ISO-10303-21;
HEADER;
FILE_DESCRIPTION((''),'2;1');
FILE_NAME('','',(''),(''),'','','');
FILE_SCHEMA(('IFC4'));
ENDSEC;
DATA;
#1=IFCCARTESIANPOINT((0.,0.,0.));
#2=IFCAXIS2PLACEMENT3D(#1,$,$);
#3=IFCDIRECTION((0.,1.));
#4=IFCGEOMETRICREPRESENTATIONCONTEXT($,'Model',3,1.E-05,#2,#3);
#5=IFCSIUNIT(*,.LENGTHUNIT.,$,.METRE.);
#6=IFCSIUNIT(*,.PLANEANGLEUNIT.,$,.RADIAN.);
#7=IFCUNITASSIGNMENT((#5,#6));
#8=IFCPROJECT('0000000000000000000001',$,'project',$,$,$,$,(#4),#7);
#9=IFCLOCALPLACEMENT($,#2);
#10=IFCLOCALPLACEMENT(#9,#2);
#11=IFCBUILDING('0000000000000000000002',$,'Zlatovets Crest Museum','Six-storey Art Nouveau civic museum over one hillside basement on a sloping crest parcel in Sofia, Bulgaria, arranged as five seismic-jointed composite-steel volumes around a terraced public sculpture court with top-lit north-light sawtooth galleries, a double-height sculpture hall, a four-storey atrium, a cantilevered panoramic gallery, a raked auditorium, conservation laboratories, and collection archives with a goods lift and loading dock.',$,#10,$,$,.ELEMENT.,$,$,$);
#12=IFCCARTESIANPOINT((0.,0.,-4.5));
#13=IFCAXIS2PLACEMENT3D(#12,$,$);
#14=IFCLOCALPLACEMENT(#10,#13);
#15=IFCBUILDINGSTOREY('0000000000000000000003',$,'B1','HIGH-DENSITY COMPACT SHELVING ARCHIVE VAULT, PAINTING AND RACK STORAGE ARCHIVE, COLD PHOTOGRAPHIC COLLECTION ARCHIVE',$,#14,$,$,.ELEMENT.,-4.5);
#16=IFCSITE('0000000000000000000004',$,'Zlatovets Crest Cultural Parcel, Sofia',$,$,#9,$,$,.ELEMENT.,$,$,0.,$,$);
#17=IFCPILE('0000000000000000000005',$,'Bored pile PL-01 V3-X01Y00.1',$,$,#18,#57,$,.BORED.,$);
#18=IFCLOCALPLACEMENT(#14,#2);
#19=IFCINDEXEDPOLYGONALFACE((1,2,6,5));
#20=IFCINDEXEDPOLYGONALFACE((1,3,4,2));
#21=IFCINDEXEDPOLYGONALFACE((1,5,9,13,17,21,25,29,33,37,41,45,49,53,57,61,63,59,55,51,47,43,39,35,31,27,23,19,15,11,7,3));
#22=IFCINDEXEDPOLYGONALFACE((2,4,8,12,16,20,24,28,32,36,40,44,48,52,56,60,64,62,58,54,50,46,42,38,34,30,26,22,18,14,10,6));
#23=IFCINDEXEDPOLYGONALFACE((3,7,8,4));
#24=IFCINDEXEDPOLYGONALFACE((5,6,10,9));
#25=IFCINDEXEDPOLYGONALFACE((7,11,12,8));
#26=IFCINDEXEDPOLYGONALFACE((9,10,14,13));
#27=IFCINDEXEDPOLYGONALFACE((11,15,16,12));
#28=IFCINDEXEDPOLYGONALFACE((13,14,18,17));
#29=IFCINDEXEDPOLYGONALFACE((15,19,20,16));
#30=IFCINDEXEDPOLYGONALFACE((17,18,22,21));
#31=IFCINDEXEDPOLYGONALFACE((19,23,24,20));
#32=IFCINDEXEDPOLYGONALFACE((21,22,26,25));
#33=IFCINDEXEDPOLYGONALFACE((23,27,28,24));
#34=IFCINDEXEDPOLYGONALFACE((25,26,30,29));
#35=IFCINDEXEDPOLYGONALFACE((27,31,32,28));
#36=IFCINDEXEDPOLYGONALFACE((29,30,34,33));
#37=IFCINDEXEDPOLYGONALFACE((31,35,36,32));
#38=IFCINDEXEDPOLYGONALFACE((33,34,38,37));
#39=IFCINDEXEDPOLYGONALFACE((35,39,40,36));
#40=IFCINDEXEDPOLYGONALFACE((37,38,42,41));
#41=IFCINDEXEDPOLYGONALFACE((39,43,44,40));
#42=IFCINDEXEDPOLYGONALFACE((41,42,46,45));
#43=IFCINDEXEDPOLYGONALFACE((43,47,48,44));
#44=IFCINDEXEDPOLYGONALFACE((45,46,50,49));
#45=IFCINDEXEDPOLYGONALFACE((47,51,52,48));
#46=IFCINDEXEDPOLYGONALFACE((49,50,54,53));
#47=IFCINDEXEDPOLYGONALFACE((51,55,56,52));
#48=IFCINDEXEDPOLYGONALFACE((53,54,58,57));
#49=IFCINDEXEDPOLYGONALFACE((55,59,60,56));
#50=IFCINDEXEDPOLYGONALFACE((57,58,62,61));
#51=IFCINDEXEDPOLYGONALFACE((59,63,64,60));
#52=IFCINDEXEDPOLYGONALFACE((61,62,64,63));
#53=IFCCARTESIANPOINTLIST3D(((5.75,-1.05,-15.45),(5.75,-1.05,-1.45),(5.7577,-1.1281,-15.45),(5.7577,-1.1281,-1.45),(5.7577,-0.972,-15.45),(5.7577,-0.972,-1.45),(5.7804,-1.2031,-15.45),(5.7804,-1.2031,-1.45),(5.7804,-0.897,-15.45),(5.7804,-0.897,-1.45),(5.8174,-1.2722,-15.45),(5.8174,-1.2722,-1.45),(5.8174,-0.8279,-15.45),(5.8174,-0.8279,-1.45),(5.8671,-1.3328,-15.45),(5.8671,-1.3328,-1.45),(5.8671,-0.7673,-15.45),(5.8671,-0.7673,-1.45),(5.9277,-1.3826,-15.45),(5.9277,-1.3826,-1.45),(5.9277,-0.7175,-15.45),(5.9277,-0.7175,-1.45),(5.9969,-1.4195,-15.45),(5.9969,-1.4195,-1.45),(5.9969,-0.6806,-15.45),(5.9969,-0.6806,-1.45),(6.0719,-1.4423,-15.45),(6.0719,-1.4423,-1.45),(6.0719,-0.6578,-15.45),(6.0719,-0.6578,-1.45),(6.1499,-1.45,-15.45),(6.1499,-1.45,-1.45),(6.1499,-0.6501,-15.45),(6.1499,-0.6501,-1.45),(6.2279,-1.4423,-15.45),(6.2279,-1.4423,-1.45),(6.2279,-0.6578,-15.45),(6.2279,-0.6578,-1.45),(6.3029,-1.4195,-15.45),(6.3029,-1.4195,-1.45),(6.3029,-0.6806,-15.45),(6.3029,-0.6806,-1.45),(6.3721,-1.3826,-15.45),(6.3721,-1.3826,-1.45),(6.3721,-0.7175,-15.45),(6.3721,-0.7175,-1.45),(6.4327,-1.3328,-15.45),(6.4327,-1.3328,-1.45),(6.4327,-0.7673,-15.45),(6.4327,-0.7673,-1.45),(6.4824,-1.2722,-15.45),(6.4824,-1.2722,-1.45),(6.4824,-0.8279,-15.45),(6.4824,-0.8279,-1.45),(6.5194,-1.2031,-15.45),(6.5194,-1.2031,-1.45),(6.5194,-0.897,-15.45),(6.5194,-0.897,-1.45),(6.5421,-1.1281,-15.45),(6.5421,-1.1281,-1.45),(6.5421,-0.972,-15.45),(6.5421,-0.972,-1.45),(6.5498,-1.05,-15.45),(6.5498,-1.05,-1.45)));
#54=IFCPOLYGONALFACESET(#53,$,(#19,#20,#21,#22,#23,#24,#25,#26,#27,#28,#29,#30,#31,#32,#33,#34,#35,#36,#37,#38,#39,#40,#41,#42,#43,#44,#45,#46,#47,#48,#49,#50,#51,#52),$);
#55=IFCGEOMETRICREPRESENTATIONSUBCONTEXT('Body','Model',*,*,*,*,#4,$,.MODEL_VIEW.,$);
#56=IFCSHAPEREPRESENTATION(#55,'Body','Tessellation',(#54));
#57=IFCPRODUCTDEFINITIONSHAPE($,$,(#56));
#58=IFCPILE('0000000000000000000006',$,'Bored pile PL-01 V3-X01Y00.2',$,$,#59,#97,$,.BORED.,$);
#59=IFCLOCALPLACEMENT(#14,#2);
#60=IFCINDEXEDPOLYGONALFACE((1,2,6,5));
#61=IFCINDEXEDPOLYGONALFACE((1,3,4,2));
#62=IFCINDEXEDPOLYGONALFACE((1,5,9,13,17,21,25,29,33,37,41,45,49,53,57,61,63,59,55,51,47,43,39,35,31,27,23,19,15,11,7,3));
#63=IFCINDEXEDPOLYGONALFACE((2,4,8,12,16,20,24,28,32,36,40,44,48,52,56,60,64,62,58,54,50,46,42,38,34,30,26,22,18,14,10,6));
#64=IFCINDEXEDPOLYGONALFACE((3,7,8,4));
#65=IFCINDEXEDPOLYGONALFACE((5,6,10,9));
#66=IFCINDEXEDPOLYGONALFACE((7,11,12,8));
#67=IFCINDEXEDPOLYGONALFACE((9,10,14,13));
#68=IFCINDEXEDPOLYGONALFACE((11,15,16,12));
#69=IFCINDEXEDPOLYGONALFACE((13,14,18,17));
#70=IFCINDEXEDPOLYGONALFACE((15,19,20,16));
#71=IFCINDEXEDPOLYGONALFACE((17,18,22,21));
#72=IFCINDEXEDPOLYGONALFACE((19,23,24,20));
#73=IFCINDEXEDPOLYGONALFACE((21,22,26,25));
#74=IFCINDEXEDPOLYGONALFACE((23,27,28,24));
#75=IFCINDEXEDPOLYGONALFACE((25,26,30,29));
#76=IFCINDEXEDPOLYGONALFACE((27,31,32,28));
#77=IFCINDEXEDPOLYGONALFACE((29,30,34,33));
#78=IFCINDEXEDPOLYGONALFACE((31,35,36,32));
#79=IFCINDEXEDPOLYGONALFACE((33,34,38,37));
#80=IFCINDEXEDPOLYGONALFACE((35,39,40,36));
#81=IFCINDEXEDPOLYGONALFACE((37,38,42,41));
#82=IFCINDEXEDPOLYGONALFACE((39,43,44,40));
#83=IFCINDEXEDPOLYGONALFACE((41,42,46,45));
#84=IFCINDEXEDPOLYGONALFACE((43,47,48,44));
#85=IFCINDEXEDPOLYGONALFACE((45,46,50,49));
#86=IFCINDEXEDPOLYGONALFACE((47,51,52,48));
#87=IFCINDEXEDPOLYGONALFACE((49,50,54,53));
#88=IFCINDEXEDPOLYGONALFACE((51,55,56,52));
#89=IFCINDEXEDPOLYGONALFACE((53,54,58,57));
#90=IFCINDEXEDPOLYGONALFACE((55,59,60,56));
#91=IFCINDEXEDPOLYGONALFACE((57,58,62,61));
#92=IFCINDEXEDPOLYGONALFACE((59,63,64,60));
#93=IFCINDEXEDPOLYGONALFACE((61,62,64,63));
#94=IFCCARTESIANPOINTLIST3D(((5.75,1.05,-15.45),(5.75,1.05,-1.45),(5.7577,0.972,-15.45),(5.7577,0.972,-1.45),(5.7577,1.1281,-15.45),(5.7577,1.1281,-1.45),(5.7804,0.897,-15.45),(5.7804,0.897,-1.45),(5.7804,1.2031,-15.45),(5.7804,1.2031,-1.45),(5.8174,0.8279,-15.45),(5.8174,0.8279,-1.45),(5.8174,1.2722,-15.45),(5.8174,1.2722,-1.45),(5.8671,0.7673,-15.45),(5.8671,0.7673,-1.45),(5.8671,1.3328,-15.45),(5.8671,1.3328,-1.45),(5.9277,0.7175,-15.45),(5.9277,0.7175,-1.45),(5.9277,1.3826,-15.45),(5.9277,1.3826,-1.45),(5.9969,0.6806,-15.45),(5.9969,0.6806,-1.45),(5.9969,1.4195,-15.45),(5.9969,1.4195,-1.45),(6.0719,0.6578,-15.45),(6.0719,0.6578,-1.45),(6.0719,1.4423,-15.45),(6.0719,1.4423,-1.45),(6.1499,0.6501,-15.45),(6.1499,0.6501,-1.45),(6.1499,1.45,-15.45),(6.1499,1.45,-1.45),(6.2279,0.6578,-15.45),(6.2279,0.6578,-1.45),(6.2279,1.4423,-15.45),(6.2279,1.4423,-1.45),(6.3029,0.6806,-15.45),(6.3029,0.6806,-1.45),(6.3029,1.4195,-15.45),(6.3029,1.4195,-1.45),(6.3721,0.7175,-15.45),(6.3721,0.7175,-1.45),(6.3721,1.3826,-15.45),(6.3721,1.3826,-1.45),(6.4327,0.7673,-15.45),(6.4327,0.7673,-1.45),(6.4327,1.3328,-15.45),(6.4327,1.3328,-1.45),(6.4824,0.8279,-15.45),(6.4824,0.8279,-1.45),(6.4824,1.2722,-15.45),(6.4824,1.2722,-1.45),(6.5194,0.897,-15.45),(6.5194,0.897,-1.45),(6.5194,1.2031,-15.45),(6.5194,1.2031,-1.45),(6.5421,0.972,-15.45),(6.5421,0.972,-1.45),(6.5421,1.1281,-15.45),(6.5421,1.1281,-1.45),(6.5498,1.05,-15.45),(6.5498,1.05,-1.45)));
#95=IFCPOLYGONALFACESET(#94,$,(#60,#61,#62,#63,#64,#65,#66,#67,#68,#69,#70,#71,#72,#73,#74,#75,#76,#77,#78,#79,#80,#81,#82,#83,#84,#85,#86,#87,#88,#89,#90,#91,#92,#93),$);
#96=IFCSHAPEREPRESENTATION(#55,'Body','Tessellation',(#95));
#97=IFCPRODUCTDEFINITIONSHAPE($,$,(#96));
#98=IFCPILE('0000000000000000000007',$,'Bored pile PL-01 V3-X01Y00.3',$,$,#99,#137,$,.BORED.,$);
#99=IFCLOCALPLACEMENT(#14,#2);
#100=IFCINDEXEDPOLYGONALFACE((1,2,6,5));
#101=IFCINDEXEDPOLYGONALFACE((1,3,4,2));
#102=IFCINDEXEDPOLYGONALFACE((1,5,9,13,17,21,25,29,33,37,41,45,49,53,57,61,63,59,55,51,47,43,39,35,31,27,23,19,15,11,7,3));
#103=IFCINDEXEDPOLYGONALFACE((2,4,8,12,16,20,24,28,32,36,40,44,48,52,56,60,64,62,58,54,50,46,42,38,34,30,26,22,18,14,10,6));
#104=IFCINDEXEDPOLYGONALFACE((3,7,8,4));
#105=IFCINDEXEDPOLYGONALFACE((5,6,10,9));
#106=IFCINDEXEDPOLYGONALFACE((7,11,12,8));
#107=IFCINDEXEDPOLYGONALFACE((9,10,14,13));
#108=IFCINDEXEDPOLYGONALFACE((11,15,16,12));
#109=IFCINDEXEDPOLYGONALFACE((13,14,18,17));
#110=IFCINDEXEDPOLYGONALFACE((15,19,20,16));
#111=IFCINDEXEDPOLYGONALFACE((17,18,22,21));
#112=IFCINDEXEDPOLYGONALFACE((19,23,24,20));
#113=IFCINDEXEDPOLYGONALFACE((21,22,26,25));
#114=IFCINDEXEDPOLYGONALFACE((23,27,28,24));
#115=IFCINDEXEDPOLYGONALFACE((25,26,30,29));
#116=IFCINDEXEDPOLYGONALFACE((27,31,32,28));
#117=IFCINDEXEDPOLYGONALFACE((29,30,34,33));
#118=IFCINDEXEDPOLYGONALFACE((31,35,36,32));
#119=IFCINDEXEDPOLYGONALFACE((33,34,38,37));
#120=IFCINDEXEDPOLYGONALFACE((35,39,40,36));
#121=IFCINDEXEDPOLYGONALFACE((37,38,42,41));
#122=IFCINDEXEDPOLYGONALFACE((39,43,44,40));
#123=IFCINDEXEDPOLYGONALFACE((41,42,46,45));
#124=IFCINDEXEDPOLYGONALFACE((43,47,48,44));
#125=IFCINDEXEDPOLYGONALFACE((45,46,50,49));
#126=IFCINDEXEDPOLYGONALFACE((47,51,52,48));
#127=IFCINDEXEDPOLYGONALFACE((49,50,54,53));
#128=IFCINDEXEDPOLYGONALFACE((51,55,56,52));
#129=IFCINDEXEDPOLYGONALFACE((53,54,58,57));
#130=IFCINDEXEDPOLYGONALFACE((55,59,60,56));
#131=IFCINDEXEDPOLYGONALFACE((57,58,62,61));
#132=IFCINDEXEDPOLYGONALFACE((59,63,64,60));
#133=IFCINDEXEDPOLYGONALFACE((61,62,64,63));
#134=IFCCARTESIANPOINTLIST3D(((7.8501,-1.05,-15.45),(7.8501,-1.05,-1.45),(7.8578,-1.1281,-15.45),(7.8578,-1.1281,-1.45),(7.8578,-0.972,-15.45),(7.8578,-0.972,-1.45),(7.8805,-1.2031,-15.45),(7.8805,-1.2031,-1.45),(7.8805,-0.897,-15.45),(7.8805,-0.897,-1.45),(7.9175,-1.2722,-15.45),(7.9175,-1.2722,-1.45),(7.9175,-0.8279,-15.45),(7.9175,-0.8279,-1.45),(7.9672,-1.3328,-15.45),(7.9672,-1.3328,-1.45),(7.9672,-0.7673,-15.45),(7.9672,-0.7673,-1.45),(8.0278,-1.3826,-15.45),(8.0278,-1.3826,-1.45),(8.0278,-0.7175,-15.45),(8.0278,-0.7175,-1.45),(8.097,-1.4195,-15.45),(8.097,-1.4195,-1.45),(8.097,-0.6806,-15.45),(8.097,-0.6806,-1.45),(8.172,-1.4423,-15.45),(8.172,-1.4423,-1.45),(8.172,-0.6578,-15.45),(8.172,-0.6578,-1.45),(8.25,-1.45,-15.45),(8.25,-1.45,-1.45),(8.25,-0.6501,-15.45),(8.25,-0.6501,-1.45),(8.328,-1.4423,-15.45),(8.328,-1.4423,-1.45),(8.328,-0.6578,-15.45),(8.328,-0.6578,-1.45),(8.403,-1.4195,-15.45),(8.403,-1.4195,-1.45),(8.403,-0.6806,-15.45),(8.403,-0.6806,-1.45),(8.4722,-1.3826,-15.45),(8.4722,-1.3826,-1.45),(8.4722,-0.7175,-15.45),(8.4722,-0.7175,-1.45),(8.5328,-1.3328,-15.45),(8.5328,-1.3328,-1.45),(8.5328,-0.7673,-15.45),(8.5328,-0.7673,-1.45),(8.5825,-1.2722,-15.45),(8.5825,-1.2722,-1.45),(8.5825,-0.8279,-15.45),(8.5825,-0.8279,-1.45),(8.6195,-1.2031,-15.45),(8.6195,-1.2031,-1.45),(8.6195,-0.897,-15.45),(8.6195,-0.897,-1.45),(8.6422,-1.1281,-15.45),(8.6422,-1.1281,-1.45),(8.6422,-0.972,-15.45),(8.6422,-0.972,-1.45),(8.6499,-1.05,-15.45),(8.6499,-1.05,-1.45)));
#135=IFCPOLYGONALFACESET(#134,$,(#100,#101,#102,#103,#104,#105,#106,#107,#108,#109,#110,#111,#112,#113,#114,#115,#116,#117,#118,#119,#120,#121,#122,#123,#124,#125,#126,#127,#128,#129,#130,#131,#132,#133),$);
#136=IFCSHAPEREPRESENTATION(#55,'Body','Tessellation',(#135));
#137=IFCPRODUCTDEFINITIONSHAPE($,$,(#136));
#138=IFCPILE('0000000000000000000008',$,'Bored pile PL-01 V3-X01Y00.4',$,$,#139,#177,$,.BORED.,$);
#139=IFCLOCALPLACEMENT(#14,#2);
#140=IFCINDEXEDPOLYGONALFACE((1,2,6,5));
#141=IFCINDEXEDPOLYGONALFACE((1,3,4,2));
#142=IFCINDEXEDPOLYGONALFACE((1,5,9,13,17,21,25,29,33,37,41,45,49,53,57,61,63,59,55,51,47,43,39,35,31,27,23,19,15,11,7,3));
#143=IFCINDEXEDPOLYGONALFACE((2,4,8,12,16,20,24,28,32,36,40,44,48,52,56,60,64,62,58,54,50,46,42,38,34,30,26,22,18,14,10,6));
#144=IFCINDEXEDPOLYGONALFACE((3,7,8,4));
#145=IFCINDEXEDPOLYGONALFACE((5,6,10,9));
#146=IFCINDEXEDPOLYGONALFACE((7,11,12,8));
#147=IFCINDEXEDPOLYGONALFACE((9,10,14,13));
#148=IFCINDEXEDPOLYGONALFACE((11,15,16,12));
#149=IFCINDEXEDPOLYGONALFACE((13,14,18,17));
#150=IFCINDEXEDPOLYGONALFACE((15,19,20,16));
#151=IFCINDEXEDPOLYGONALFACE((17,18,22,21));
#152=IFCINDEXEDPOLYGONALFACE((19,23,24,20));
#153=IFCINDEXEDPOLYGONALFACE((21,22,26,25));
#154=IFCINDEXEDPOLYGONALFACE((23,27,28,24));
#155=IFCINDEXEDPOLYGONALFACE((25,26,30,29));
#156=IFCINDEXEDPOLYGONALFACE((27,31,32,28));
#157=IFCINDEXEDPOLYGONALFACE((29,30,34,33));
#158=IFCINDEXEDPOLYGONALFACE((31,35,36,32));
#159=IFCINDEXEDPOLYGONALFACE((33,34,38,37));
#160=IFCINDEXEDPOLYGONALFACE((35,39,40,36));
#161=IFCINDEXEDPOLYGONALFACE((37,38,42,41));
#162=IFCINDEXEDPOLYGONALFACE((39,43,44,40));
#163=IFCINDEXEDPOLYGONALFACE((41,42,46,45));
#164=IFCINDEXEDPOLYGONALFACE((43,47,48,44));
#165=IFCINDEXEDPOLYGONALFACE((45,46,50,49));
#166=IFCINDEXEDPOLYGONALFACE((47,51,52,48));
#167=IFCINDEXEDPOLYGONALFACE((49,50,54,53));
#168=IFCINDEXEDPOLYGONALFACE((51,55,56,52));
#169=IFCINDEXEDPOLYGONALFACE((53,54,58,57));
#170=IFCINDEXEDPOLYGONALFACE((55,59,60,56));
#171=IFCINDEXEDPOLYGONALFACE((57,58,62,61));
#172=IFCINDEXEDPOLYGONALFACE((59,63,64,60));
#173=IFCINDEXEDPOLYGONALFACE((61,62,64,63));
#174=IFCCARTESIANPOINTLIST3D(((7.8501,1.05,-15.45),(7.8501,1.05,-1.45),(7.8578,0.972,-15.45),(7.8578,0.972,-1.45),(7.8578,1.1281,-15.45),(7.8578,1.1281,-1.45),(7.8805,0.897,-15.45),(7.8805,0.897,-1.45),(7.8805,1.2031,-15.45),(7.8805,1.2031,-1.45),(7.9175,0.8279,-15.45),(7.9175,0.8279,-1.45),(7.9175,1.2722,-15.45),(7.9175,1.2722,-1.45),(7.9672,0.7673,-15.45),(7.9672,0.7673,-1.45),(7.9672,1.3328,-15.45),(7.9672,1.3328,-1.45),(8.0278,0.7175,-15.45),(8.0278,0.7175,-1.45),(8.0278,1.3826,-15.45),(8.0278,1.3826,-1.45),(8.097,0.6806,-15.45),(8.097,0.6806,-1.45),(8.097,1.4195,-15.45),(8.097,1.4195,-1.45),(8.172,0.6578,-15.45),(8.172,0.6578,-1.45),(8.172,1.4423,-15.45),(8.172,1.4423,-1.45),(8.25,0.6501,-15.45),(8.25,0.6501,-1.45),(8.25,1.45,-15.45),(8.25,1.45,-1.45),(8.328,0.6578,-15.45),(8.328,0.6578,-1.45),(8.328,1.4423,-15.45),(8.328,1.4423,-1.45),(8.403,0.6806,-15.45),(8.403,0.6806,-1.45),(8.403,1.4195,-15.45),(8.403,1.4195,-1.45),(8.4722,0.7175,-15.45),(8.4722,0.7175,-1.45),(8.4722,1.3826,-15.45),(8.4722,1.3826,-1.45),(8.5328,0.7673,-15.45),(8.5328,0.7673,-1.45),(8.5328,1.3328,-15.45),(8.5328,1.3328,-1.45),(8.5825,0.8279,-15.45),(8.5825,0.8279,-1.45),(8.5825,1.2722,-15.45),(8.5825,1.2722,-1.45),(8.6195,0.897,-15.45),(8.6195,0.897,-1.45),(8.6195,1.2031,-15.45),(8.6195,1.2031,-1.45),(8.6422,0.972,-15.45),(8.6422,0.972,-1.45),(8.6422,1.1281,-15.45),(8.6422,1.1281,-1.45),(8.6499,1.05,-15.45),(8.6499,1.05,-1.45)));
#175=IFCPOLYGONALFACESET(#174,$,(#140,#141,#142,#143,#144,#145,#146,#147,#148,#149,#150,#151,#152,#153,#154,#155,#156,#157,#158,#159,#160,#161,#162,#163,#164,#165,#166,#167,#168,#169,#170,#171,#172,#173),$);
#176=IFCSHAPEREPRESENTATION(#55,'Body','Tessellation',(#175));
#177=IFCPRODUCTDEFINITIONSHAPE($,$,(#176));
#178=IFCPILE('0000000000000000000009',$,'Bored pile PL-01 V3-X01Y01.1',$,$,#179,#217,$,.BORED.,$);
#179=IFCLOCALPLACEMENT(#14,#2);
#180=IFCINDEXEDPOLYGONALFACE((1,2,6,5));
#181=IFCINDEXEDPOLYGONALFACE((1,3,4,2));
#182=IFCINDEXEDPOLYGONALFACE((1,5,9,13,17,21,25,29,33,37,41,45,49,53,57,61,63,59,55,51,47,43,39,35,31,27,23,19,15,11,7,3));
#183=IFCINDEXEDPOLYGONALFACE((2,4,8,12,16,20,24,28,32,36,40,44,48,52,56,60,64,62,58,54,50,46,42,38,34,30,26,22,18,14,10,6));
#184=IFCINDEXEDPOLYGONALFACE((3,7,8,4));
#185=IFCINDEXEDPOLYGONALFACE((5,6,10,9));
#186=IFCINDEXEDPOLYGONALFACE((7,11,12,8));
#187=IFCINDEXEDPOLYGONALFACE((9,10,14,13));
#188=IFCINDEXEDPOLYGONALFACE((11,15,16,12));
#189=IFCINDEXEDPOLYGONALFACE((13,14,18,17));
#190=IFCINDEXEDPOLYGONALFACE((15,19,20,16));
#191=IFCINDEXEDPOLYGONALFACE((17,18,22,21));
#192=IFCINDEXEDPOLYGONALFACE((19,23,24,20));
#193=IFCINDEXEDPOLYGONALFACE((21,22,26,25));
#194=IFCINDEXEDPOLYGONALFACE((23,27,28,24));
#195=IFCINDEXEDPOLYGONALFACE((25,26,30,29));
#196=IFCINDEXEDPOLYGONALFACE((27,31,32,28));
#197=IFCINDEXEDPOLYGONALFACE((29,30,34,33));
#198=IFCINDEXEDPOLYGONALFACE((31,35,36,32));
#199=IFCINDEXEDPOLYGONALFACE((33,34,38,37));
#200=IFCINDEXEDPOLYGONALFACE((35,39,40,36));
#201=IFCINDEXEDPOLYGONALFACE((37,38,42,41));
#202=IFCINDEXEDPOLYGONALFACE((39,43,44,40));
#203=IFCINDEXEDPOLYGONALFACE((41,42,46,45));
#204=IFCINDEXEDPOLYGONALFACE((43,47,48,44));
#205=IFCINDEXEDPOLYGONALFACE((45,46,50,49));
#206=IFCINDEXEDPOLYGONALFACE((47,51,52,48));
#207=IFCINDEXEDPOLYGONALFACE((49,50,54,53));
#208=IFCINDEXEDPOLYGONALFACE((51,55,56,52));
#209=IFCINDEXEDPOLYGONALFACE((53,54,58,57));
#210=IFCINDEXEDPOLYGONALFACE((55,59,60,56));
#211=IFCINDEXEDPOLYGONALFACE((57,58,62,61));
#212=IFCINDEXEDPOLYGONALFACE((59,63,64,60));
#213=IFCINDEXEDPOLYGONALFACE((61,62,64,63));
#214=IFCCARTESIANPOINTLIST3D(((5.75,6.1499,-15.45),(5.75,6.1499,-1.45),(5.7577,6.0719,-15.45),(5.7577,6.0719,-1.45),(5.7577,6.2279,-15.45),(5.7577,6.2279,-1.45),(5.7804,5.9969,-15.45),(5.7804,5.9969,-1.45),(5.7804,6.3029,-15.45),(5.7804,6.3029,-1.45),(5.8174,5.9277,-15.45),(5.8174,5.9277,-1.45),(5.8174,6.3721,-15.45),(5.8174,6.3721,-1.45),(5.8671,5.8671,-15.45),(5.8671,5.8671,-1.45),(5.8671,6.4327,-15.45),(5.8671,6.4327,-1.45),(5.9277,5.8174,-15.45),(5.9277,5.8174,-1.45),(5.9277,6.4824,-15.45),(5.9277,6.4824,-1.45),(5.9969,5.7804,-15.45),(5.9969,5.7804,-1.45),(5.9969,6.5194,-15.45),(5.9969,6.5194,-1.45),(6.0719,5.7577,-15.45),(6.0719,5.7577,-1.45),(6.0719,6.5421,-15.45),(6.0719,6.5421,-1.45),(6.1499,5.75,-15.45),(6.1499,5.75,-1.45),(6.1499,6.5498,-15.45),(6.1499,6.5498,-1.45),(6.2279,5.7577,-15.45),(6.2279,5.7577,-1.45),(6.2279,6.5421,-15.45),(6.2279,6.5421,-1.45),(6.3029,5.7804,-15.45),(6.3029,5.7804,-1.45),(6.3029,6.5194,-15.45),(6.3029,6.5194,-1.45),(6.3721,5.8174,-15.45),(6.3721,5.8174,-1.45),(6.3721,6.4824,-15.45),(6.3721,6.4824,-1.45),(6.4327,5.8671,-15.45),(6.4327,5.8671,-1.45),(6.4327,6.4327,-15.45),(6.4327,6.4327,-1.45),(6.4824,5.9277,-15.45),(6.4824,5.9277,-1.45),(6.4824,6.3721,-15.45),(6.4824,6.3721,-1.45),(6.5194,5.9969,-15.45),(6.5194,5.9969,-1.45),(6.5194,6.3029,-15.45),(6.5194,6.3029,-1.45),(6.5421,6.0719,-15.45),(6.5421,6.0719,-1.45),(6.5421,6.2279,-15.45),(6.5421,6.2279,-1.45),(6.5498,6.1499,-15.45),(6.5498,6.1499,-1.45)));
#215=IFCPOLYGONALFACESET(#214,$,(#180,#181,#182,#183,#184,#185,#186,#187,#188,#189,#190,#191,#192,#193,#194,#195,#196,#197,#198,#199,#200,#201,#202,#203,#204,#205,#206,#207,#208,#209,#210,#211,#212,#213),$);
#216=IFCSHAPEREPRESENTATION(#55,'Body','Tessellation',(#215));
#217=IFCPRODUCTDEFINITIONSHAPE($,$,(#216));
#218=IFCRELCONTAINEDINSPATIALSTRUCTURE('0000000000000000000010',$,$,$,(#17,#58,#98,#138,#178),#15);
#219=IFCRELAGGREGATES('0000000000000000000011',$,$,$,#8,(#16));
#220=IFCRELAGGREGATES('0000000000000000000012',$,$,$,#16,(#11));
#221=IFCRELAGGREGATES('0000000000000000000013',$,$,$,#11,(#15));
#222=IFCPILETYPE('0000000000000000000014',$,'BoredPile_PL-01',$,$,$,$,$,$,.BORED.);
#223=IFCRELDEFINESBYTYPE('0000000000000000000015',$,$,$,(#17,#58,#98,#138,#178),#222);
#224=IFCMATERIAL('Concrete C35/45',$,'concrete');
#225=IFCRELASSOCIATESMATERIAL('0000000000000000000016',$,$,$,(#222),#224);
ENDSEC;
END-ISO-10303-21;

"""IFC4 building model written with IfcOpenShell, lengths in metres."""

from ifc_helpers import new_model, si_unit, direction, frame, origin, origin_2d, place, context, subcontext, project, spatial, circle, extrude, material, material_profile, profile_set, type_object, element, save


model = new_model("IFC4")

# Units and contexts
model_context = context("Model", 3, precision=1e-05, world=origin(), true_north=direction((0.0, 1.0)))
body_context = subcontext(model_context, "Body", "Model", "MODEL_VIEW")
ifc_project = project(units=[si_unit("LENGTHUNIT", "METRE"), si_unit("PLANEANGLEUNIT", "RADIAN")], contexts=[model_context])

# Site, building, storey
site_placement = place(None, origin())
site = spatial("IfcSite", under=ifc_project, at=site_placement, Name="Zlatovets Crest Cultural Parcel, Sofia", CompositionType="ELEMENT", RefElevation=0.0)
building_placement = place(site_placement, origin())
building = spatial("IfcBuilding", under=site, at=building_placement, Name="Zlatovets Crest Museum", Description="Six-storey Art Nouveau civic museum over one hillside basement on a sloping crest parcel in Sofia, Bulgaria, arranged as five seismic-jointed composite-steel volumes around a terraced public sculpture court with top-lit north-light sawtooth galleries, a double-height sculpture hall, a four-storey atrium, a cantilevered panoramic gallery, a raked auditorium, conservation laboratories, and collection archives with a goods lift and loading dock.", CompositionType="ELEMENT")
storey_placement = place(building_placement, frame((0.0, 0.0, -4.5)))
storey = spatial("IfcBuildingStorey", under=building, at=storey_placement, Name="B1", Description="HIGH-DENSITY COMPACT SHELVING ARCHIVE VAULT, PAINTING AND RACK STORAGE ARCHIVE, COLD PHOTOGRAPHIC COLLECTION ARCHIVE", CompositionType="ELEMENT", Elevation=-4.5)

# Piles
ifc_material_1 = material(Name="Concrete C35/45", Category="concrete")
ifc_material_profile_1 = material_profile(ifc_material_1, circle(Radius=0.3999, at=origin_2d()), Name="PILE D800")
ifc_profile_set_1 = profile_set([ifc_material_profile_1], Name="Concrete C35/45")
pile_type = type_object("IfcPileType", Name="BoredPile_PL-01", PredefinedType="BORED", material=ifc_profile_set_1)
for number, where, z_axis, x_axis, name in (
    (1, (6.1499, -1.05, -1.45), (0.0, 0.0, -1.0), (1.0, 0.0, 0.0), "Bored pile PL-01 V3-X01Y00.1"),
    (2, (6.1499, 1.05, -1.45), (0.0, 0.0, -1.0), (1.0, 0.0, 0.0), "Bored pile PL-01 V3-X01Y00.2"),
    (3, (8.25, -1.05, -1.45), (0.0, 0.0, -1.0), (1.0, 0.0, 0.0), "Bored pile PL-01 V3-X01Y00.3"),
    (4, (8.25, 1.05, -1.45), (0.0, 0.0, -1.0), (1.0, 0.0, 0.0), "Bored pile PL-01 V3-X01Y00.4"),
    (5, (6.1499, 6.1499, -1.45), (0.0, 0.0, -1.0), (1.0, 0.0, 0.0), "Bored pile PL-01 V3-X01Y01.1"),
):
    element("IfcPile", number, at=place(storey_placement, frame(where, z_axis=z_axis, x_axis=x_axis)), inside=storey, type_object=pile_type, Name=name, PredefinedType="BORED", context=body_context, shape_type="SweptSolid", body=[
        extrude(circle(Radius=0.3999, at=origin_2d()), origin(), (0.0, 0.0, 1.0), 14.0),
    ])

save(model, "model.ifc")
